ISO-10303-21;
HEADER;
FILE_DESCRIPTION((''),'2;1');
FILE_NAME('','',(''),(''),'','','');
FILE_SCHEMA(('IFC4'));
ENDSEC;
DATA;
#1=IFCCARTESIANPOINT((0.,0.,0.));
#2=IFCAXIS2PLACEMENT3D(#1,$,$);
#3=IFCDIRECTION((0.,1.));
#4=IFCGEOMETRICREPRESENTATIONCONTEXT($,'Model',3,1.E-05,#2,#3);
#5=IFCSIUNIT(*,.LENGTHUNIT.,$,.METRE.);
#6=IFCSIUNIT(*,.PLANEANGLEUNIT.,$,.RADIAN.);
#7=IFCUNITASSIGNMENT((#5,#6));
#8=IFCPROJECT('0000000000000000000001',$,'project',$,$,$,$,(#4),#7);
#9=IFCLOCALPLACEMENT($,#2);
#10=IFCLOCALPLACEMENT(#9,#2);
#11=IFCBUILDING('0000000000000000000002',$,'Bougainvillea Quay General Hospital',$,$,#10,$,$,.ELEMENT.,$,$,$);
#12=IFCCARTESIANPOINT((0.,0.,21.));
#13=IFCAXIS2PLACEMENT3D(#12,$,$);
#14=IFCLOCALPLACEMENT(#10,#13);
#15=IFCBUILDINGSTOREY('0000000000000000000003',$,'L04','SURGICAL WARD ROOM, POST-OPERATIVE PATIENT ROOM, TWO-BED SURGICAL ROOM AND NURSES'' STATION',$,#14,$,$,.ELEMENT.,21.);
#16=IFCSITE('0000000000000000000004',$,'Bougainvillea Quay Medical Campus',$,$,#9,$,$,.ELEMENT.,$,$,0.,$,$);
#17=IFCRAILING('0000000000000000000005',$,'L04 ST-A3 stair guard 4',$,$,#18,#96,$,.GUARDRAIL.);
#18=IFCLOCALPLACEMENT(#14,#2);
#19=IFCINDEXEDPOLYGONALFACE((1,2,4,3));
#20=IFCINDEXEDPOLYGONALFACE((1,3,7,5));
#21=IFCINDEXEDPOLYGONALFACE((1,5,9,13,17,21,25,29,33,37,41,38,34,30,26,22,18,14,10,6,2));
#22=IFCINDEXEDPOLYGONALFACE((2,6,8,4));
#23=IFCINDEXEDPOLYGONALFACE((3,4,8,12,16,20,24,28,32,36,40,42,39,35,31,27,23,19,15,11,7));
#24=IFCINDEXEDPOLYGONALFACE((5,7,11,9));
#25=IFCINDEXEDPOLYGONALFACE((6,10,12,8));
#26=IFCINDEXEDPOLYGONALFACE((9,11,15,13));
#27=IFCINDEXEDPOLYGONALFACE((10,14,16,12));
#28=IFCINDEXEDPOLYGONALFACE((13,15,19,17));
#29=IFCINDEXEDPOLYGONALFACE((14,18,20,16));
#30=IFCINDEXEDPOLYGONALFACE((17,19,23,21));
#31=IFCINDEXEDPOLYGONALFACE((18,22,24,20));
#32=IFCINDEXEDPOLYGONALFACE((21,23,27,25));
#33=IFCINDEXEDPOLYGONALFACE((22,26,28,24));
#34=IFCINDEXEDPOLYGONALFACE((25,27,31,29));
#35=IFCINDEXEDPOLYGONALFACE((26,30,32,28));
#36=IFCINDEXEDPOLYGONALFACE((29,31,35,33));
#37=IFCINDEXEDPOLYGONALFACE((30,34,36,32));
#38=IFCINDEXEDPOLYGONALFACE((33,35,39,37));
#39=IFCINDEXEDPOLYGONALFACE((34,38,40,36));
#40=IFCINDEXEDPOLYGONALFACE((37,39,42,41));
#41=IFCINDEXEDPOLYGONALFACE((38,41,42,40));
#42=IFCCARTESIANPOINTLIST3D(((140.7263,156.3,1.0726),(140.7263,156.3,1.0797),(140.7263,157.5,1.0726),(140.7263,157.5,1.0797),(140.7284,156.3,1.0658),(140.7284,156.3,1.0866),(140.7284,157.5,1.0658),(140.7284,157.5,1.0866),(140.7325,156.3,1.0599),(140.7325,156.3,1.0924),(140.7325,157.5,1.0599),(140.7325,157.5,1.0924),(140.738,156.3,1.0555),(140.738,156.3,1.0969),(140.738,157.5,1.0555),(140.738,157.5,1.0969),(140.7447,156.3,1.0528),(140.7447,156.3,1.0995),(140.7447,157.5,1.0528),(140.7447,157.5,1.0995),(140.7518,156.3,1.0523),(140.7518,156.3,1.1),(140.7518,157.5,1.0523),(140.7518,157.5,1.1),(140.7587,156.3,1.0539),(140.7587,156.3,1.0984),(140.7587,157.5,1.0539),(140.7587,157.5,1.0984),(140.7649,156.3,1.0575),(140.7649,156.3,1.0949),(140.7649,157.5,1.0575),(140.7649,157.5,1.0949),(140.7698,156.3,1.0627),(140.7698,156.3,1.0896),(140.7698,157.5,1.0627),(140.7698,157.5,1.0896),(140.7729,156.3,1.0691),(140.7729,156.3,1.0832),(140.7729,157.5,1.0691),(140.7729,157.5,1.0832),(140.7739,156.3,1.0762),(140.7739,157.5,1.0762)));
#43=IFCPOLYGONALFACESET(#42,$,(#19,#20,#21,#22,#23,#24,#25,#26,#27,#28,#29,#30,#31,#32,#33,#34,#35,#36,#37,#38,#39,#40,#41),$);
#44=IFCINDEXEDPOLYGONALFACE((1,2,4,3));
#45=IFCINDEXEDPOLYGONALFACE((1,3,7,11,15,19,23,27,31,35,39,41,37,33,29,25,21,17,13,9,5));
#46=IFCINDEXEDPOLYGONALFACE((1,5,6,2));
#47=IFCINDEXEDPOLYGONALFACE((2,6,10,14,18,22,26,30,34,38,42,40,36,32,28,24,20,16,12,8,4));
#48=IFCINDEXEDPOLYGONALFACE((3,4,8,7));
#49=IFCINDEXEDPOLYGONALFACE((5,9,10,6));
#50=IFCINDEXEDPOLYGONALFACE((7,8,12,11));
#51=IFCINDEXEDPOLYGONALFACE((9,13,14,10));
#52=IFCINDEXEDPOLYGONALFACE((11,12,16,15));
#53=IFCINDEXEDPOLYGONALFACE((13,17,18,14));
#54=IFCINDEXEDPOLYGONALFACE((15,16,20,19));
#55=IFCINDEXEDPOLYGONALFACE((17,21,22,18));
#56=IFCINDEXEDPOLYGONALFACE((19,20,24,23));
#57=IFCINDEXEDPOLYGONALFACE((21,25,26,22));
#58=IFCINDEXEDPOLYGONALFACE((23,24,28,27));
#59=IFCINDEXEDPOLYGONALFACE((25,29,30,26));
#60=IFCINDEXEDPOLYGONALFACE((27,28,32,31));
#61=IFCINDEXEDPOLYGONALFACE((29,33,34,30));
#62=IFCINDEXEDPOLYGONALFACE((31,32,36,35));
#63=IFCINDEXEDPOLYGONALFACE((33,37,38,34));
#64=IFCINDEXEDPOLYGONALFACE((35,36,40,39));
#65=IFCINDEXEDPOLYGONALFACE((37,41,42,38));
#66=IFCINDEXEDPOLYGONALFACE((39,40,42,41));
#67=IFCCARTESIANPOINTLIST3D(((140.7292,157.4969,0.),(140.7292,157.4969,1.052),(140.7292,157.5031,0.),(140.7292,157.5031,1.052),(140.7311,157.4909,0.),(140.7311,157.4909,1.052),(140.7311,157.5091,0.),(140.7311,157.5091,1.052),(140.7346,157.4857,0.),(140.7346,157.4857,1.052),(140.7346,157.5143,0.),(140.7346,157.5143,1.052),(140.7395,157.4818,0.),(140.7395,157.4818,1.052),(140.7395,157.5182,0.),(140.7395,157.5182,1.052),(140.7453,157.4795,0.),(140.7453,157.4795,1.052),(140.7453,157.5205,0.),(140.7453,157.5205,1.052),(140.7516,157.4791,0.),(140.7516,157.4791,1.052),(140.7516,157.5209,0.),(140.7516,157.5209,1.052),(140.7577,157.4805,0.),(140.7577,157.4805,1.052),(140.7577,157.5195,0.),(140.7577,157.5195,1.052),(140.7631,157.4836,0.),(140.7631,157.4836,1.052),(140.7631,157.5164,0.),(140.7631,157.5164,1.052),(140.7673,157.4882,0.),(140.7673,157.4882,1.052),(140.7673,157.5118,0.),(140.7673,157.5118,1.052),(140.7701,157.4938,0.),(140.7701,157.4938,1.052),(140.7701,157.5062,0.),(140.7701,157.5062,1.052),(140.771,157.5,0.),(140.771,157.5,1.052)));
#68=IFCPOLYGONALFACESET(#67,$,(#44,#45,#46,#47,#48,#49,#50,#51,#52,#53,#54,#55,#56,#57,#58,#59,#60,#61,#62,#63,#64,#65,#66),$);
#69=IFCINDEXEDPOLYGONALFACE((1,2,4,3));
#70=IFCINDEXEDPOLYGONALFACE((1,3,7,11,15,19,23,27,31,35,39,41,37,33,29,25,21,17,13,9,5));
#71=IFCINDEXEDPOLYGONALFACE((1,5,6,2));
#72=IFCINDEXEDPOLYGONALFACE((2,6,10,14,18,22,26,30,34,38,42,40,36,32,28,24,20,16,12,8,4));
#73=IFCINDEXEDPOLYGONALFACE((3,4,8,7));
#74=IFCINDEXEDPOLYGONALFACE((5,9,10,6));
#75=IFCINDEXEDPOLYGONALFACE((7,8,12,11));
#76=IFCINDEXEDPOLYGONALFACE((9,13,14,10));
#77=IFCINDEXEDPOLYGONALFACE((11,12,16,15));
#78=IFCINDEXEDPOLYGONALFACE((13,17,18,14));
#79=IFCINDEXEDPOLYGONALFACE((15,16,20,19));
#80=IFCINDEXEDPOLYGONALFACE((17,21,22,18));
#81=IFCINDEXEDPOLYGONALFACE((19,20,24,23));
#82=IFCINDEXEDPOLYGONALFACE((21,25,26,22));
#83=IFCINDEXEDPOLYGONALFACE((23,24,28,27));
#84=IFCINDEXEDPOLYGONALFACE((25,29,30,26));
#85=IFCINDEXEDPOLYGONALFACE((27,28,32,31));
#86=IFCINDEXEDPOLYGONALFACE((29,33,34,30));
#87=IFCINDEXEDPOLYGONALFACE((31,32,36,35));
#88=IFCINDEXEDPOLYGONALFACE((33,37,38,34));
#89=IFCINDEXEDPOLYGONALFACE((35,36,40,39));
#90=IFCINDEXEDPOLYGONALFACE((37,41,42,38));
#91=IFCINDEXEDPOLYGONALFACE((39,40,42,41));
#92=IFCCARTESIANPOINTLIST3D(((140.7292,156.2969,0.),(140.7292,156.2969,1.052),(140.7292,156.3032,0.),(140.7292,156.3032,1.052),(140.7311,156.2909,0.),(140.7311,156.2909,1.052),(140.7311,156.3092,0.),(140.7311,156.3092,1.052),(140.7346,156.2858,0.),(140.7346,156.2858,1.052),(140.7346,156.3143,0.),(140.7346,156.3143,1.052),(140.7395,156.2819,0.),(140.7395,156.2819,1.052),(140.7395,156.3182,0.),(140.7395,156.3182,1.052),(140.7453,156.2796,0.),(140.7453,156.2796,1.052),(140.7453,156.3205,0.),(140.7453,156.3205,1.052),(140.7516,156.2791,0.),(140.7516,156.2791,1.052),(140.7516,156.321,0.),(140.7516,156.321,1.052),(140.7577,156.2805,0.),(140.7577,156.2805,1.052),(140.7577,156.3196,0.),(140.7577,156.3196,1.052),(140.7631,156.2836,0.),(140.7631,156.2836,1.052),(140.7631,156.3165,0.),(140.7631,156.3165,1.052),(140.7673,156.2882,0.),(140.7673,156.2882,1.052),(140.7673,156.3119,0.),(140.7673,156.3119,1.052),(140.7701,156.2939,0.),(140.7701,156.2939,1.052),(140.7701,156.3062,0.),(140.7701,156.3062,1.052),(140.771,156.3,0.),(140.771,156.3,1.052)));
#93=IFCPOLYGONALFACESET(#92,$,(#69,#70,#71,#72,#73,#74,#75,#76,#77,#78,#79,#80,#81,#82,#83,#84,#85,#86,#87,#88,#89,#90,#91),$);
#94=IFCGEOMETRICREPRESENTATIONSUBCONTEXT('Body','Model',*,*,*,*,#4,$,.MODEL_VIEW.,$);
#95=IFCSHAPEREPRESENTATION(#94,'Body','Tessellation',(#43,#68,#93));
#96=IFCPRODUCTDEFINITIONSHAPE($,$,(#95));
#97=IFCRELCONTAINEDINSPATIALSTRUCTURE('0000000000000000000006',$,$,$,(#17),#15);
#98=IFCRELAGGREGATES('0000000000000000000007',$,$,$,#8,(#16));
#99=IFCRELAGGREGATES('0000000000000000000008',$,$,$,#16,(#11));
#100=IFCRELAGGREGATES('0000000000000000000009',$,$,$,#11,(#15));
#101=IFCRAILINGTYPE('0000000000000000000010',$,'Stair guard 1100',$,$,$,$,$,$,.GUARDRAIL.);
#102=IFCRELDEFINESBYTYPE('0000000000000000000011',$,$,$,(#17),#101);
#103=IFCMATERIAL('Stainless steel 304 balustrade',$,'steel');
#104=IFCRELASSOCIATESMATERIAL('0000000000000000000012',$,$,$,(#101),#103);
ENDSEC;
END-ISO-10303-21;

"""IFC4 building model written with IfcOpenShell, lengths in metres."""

from ifc_helpers import new_model, si_unit, direction, frame, origin, origin_2d, place, context, subcontext, project, spatial, circle, extrude, material, type_object, element, save


model = new_model("IFC4")

# Units and contexts
model_context = context("Model", 3, precision=1e-05, world=origin(), true_north=direction((0.0, 1.0)))
body_context = subcontext(model_context, "Body", "Model", "MODEL_VIEW")
ifc_project = project(units=[si_unit("LENGTHUNIT", "METRE"), si_unit("PLANEANGLEUNIT", "RADIAN")], contexts=[model_context])

# Site, building, storey
site_placement = place(None, origin())
site = spatial("IfcSite", under=ifc_project, at=site_placement, Name="Bougainvillea Quay Medical Campus", CompositionType="ELEMENT", RefElevation=0.0)
building_placement = place(site_placement, origin())
building = spatial("IfcBuilding", under=site, at=building_placement, Name="Bougainvillea Quay General Hospital", CompositionType="ELEMENT")
storey_placement = place(building_placement, frame((0.0, 0.0, 21.0)))
storey = spatial("IfcBuildingStorey", under=building, at=storey_placement, Name="L04", Description="SURGICAL WARD ROOM, POST-OPERATIVE PATIENT ROOM, TWO-BED SURGICAL ROOM AND NURSES' STATION", CompositionType="ELEMENT", Elevation=21.0)

# Railing
ifc_material_1 = material(Name="Stainless steel 304 balustrade", Category="steel")
railing_type_1 = type_object("IfcRailingType", Name="Stair guard 1100", PredefinedType="GUARDRAIL", material=ifc_material_1)
railing_1_placement = place(storey_placement, frame((140.75, 157.5, 0.0)))
element("IfcRailing", 1, at=railing_1_placement, inside=storey, type_object=railing_type_1, Name="L04 ST-A3 stair guard 4", PredefinedType="GUARDRAIL", context=body_context, shape_type="SweptSolid", body=[
    extrude(circle(Radius=0.0239, at=origin_2d()), frame((0.0, 0.0, 1.0762), z_axis=(0.0, -1.0, 0.0), x_axis=(1.0, 0.0, 0.0)), (0.0, 0.0, 1.0), 1.2),
    extrude(circle(Radius=0.021, at=origin_2d()), origin(), (0.0, 0.0, 1.0), 1.052),
    extrude(circle(Radius=0.021, at=origin_2d()), frame((0.0, -1.2, 0.0)), (0.0, 0.0, 1.0), 1.052),
])

save(model, "model.ifc")
